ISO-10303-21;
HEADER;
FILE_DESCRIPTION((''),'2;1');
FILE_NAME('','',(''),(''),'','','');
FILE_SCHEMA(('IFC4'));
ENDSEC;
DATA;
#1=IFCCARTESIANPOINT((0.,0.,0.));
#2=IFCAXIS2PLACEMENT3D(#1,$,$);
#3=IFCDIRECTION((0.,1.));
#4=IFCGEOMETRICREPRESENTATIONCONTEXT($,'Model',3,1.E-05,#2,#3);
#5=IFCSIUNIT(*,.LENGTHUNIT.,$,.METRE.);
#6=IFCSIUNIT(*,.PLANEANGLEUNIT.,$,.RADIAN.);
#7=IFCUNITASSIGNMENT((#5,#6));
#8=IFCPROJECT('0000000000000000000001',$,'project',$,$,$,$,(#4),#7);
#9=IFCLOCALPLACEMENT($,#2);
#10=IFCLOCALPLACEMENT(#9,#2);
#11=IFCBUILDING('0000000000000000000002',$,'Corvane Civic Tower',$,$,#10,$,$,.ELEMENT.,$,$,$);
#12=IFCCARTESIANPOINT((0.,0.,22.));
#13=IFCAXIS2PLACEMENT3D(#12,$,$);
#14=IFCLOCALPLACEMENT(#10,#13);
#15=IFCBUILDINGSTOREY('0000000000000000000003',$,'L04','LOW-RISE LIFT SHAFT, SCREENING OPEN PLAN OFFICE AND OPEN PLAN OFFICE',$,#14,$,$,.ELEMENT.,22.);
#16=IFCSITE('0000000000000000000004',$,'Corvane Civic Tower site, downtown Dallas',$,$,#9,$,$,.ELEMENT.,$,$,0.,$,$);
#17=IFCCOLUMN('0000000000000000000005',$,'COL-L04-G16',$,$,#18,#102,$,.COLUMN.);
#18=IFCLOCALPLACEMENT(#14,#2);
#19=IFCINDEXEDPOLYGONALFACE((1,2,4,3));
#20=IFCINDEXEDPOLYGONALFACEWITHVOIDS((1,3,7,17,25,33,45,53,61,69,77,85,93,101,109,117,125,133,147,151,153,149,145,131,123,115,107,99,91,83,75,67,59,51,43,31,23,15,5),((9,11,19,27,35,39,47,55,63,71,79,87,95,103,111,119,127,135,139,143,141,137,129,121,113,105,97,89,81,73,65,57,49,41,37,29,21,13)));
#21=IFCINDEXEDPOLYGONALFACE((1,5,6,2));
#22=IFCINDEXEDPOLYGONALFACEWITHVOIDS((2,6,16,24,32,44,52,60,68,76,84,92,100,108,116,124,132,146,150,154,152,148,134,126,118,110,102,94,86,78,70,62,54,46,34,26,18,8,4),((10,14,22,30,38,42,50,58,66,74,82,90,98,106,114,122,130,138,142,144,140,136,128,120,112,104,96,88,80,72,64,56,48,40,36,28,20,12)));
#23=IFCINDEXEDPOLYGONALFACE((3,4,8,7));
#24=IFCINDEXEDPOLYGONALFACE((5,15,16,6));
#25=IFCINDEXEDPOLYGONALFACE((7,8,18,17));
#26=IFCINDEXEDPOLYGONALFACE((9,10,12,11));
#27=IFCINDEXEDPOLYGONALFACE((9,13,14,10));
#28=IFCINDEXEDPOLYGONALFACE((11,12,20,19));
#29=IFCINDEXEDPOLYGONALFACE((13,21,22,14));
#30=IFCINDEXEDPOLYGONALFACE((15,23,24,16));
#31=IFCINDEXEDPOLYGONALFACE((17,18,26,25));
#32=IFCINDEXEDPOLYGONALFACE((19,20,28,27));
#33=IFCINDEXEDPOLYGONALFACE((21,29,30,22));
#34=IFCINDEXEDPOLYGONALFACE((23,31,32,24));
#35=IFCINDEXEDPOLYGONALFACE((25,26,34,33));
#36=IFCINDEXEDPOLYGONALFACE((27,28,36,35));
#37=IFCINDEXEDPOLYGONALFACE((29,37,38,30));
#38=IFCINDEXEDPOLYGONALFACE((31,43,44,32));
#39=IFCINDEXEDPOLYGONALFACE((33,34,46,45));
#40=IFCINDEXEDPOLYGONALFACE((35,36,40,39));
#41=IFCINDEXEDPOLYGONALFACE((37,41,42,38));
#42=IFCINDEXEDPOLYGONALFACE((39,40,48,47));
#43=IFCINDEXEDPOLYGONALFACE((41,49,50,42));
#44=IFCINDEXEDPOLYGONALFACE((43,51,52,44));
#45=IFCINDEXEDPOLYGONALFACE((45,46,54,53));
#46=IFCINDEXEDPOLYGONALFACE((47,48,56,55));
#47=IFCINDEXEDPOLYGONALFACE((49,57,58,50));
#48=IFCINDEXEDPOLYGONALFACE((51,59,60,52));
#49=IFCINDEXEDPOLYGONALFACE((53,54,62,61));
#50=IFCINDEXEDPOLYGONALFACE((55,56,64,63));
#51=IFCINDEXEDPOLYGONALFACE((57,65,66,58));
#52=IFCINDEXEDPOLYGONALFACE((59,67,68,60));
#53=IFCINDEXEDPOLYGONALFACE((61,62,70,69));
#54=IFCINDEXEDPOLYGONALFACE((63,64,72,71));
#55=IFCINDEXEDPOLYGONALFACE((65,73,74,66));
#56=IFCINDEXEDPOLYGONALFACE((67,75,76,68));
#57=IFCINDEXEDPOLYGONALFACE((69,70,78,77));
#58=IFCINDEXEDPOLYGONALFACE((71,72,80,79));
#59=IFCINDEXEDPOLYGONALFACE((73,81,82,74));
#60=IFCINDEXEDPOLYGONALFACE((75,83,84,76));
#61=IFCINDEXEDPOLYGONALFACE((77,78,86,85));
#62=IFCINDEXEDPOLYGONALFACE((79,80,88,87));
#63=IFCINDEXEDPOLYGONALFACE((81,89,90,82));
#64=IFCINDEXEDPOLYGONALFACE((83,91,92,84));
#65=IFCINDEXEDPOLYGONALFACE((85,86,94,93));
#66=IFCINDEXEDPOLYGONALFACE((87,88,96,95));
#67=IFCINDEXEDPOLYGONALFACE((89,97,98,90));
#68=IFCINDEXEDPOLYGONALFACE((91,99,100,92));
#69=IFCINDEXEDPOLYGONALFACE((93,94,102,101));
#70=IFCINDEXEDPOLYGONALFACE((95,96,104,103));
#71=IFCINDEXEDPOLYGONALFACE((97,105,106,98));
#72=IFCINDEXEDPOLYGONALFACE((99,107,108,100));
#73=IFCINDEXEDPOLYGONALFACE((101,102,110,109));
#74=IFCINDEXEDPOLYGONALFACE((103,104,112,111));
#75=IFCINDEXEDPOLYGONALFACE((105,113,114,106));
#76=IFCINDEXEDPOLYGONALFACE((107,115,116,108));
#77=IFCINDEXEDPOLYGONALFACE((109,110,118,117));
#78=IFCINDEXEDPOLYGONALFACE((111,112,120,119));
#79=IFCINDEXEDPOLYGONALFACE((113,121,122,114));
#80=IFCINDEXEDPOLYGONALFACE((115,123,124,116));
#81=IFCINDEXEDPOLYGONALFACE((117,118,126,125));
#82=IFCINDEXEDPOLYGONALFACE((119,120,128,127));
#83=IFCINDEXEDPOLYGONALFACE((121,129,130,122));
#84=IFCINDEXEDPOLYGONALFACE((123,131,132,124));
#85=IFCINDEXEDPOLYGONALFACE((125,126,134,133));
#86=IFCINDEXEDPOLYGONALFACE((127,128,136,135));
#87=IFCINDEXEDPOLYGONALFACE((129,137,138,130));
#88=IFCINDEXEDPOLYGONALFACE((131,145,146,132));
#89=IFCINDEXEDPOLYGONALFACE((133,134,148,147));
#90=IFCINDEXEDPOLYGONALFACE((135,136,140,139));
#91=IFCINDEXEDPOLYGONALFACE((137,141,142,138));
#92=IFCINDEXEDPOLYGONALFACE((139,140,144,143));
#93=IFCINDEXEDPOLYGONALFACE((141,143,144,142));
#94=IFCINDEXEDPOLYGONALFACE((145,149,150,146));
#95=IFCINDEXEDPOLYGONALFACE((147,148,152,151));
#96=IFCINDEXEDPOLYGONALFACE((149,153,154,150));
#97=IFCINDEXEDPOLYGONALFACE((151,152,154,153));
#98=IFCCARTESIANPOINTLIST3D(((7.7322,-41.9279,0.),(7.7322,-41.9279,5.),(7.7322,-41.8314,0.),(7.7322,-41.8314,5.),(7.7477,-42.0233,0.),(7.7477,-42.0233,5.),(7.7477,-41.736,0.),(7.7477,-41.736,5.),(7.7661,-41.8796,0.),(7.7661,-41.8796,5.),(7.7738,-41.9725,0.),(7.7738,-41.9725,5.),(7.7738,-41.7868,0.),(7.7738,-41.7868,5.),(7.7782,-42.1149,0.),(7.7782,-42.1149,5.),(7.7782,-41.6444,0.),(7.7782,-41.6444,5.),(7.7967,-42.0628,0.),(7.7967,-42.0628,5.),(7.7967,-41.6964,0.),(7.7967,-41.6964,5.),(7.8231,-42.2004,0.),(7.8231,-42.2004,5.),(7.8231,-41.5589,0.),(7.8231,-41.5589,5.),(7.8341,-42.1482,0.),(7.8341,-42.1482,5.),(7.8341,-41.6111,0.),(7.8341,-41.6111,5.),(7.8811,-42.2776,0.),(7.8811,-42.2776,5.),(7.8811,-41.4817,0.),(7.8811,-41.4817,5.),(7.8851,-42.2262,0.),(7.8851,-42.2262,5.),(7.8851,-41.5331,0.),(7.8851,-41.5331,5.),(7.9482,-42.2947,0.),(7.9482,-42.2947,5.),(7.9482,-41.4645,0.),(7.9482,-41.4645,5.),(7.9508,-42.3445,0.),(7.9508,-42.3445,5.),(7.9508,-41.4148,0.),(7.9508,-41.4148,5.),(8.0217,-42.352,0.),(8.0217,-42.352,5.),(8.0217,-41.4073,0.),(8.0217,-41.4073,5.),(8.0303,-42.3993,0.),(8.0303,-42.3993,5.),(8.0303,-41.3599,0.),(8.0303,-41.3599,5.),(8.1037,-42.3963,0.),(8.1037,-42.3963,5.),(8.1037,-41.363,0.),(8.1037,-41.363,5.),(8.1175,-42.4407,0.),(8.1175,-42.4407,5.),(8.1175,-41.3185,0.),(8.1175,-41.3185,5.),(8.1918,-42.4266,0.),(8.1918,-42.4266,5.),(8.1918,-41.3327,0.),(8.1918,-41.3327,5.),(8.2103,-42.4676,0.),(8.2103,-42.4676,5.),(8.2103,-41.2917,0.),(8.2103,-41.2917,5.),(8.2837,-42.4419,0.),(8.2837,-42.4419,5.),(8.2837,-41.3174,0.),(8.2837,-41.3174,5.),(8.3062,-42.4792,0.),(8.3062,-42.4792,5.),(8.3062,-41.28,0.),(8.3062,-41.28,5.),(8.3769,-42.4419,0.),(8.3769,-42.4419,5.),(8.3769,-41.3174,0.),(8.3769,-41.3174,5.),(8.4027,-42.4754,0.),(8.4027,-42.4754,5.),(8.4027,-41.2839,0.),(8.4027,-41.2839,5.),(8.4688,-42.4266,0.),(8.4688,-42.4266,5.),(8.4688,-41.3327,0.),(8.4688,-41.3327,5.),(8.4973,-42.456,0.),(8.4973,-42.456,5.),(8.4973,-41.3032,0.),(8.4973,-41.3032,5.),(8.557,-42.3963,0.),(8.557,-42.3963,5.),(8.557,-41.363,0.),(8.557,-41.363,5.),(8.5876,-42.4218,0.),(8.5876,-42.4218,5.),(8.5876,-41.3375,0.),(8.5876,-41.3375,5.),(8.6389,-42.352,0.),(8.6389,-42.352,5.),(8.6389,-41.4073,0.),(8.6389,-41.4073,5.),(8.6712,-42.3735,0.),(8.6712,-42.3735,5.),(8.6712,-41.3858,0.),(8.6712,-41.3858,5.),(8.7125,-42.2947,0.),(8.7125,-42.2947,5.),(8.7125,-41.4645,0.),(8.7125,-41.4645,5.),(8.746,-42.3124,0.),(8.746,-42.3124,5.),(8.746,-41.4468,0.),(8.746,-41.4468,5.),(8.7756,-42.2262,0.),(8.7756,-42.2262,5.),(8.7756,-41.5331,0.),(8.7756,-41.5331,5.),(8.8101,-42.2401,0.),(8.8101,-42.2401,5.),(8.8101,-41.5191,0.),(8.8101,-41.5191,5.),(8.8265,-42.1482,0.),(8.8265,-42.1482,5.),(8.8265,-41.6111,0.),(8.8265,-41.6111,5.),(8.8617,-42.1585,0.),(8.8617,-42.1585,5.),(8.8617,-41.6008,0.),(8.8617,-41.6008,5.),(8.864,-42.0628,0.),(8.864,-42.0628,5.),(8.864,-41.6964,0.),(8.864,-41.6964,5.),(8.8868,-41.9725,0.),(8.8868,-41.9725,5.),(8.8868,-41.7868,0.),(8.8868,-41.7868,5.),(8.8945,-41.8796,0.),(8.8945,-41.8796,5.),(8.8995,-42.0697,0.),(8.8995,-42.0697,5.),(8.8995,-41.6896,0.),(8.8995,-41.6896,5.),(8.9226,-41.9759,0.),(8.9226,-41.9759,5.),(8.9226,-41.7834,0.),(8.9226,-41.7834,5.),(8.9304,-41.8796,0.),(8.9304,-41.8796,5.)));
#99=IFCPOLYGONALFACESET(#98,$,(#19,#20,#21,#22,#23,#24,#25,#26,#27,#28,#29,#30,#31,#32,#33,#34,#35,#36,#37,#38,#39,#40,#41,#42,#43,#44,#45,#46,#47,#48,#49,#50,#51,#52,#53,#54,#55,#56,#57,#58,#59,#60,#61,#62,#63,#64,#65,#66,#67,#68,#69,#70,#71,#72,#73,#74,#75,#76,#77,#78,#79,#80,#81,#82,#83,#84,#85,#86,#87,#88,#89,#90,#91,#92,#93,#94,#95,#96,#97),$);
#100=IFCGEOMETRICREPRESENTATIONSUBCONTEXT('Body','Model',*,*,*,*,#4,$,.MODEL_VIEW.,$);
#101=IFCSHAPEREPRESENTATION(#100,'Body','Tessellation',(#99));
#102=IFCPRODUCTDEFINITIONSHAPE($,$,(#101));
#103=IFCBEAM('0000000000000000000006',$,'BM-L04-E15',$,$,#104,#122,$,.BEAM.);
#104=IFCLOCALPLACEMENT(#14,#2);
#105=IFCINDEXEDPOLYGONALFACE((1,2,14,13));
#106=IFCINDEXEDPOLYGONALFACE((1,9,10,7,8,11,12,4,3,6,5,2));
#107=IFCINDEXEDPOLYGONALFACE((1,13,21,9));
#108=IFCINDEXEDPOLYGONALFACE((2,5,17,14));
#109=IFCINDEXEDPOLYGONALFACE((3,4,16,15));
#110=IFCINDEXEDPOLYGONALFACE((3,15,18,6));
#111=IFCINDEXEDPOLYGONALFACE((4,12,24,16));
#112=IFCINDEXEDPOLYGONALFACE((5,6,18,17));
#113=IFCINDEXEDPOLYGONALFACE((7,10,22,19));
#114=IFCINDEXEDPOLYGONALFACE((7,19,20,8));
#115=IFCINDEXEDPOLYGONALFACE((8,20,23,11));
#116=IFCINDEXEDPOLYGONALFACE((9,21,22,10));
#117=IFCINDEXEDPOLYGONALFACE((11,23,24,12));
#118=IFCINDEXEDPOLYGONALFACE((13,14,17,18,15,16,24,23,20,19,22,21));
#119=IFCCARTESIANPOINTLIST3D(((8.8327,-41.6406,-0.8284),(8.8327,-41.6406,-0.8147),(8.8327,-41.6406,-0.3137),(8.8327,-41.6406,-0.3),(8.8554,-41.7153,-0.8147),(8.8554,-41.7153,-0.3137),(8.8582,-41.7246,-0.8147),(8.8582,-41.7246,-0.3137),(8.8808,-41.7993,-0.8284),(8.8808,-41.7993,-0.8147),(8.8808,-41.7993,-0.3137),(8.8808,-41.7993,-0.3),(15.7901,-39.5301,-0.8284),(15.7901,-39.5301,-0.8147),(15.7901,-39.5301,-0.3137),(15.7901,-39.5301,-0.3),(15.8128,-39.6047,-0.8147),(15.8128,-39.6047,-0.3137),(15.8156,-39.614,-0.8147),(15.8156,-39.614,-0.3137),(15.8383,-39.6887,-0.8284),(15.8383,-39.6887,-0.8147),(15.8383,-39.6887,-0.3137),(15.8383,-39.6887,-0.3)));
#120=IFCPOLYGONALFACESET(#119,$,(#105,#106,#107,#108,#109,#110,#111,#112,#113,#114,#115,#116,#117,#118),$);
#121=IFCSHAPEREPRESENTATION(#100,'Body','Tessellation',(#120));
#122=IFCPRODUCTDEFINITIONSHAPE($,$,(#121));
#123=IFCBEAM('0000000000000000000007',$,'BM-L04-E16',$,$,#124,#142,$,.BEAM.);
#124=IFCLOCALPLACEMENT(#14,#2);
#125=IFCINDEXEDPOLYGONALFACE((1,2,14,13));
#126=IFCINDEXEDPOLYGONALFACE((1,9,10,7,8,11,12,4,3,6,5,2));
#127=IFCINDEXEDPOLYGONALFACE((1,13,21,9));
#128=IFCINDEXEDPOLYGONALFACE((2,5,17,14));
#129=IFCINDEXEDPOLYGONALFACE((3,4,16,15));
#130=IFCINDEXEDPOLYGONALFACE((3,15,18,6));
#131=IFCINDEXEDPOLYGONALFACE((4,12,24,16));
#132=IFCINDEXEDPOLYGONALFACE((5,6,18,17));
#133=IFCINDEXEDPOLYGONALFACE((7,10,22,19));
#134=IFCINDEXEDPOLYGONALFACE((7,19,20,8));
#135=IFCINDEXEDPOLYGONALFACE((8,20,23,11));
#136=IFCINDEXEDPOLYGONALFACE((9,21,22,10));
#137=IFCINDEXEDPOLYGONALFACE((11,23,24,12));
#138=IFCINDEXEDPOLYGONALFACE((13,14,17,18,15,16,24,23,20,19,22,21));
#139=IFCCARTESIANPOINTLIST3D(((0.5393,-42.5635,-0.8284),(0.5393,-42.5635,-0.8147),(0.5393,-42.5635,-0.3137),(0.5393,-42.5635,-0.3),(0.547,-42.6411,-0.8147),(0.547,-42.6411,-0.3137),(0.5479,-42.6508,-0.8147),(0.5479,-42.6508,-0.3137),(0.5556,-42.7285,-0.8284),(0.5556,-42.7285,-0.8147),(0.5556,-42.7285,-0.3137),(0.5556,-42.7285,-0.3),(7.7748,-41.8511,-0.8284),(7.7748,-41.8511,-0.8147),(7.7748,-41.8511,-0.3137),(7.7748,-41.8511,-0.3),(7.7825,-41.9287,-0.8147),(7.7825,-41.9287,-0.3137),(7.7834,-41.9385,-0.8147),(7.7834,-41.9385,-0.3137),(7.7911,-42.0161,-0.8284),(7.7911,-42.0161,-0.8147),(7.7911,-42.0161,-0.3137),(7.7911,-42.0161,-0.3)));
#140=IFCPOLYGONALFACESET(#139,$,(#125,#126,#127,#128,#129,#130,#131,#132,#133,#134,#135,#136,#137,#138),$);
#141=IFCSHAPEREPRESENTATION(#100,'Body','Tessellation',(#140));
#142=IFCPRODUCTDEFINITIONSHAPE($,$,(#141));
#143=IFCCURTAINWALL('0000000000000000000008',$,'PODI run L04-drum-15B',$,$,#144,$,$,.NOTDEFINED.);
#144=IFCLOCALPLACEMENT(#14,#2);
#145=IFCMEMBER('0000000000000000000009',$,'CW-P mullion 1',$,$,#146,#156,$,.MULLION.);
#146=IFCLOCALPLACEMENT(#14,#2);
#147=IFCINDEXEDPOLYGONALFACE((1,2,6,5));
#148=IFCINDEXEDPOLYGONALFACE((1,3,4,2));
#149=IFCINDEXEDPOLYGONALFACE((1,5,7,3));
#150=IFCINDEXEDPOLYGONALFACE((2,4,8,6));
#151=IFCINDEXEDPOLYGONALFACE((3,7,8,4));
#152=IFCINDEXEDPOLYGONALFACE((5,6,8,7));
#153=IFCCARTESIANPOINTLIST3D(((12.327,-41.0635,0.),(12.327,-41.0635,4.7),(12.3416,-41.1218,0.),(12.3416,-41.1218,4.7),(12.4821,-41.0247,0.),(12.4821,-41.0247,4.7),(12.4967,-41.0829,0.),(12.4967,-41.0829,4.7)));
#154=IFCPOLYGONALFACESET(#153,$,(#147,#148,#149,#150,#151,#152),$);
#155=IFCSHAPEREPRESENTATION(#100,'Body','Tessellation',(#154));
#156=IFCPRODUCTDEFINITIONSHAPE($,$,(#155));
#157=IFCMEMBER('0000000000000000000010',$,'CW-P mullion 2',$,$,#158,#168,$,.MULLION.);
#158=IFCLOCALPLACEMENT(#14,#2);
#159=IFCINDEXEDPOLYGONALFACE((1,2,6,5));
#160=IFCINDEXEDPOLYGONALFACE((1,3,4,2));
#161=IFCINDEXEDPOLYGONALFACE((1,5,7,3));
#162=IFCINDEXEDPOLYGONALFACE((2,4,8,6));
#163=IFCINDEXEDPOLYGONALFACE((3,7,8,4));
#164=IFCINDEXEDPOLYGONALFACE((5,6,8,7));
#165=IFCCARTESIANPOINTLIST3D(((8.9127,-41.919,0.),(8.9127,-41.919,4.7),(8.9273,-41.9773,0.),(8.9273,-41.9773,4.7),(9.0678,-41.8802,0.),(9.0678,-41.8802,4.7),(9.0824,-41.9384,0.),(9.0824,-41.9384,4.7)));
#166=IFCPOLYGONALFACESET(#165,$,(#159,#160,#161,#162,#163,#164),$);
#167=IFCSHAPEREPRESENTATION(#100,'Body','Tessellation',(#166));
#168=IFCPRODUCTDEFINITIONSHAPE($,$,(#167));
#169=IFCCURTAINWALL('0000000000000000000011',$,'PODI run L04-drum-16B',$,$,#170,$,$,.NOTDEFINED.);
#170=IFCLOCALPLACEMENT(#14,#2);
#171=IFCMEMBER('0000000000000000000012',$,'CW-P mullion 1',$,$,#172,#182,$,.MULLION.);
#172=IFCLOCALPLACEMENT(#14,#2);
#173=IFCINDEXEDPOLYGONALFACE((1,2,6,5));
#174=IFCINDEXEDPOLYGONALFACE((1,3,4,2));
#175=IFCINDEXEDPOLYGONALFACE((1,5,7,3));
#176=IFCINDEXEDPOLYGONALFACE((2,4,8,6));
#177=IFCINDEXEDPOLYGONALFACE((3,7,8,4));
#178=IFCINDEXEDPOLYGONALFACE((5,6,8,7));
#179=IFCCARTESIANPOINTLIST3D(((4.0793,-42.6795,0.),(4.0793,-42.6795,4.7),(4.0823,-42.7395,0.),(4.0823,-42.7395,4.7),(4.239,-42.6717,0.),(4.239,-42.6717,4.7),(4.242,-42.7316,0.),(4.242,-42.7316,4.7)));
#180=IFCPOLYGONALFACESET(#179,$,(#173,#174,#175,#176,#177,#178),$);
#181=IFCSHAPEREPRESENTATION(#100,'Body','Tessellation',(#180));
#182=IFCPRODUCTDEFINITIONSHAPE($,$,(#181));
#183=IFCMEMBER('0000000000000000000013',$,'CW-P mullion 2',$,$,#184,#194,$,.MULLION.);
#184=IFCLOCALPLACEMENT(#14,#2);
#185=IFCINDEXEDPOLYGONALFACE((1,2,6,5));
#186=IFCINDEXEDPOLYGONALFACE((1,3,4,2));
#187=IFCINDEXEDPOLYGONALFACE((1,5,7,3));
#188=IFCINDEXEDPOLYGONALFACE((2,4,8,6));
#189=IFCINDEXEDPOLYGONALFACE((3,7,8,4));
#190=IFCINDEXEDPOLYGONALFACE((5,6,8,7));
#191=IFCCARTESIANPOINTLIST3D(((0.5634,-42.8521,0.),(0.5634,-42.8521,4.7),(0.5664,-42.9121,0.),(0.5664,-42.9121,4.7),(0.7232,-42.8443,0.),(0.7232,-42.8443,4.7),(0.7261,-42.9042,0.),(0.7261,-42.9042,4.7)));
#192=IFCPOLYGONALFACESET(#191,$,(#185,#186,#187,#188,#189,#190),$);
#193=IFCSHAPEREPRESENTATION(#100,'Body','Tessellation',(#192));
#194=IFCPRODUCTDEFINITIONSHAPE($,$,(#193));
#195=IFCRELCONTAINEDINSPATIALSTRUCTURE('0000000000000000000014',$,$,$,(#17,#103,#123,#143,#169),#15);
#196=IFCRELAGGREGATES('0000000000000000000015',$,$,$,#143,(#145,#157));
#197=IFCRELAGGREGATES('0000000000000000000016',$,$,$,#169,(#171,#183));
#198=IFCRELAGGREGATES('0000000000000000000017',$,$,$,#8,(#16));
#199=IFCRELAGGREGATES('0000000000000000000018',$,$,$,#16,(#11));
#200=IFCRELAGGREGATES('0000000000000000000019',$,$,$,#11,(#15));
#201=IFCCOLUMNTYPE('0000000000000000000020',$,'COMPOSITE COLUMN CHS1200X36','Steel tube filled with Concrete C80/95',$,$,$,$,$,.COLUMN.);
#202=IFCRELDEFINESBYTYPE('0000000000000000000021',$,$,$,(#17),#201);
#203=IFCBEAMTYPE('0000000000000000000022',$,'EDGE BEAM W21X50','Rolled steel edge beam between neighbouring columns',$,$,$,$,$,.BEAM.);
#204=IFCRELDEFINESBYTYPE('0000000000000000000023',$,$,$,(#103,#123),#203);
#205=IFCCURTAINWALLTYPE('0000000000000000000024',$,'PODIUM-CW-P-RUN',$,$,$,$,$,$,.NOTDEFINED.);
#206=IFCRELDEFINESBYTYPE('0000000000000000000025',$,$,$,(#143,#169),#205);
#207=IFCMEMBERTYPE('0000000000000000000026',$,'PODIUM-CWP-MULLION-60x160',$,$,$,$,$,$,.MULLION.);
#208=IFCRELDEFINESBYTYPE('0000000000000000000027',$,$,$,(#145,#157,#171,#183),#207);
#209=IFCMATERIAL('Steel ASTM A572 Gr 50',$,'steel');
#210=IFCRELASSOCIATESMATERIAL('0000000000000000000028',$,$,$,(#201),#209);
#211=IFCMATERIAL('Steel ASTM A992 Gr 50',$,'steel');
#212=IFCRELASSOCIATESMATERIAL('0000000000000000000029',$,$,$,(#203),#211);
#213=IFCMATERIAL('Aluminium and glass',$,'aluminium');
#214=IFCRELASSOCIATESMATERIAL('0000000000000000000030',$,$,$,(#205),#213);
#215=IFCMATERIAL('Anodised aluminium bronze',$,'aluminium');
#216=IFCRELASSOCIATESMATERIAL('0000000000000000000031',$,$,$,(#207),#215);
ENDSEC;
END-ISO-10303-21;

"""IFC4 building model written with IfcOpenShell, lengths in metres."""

from ifc_helpers import new_model, si_unit, direction, frame, origin, origin_2d, place, context, subcontext, project, spatial, rectangle, hollow_circle, i_section, extrude, material, material_profile, profile_set, type_object, element, aggregate, save


model = new_model("IFC4")

# Units and contexts
model_context = context("Model", 3, precision=1e-05, world=origin(), true_north=direction((0.0, 1.0)))
body_context = subcontext(model_context, "Body", "Model", "MODEL_VIEW")
ifc_project = project(units=[si_unit("LENGTHUNIT", "METRE"), si_unit("PLANEANGLEUNIT", "RADIAN")], contexts=[model_context])

# Site, building, storey
site_placement = place(None, origin())
site = spatial("IfcSite", under=ifc_project, at=site_placement, Name="Corvane Civic Tower site, downtown Dallas", CompositionType="ELEMENT", RefElevation=0.0)
building_placement = place(site_placement, origin())
building = spatial("IfcBuilding", under=site, at=building_placement, Name="Corvane Civic Tower", CompositionType="ELEMENT")
storey_placement = place(building_placement, frame((0.0, 0.0, 22.0)))
storey = spatial("IfcBuildingStorey", under=building, at=storey_placement, Name="L04", Description="LOW-RISE LIFT SHAFT, SCREENING OPEN PLAN OFFICE AND OPEN PLAN OFFICE", CompositionType="ELEMENT", Elevation=22.0)

# Column
ifc_material_1 = material(Name="Steel ASTM A572 Gr 50", Category="steel")
ifc_material_profile_1 = material_profile(ifc_material_1, hollow_circle(Radius=0.6001, WallThickness=0.0359, at=origin_2d()), Name="CHS1200X36")
ifc_profile_set_1 = profile_set([ifc_material_profile_1], Name="Steel ASTM A572 Gr 50")
column_type = type_object("IfcColumnType", Name="COMPOSITE COLUMN CHS1200X36", Description="Steel tube filled with Concrete C80/95", PredefinedType="COLUMN", material=ifc_profile_set_1)
column_placement = place(storey_placement, frame((8.3303, -41.8796, 0.0), z_axis=(0.0, 0.0, 1.0), x_axis=(1.0, 0.0, 0.0)))
element("IfcColumn", 1, at=column_placement, inside=storey, type_object=column_type, Name="COL-L04-G16", PredefinedType="COLUMN", context=body_context, shape_type="SweptSolid", body=[
    extrude(hollow_circle(Radius=0.6001, WallThickness=0.0359, at=origin_2d()), origin(), (0.0, 0.0, 1.0), 5.0),
])

# Beams
ifc_material_2 = material(Name="Steel ASTM A992 Gr 50", Category="steel")
ifc_material_profile_2 = material_profile(ifc_material_2, i_section(OverallWidth=0.1658, OverallDepth=0.5283, WebThickness=0.0098, FlangeThickness=0.0137, at=origin_2d()), Name="W21X50")
ifc_profile_set_2 = profile_set([ifc_material_profile_2], Name="Steel ASTM A992 Gr 50")
beam_type = type_object("IfcBeamType", Name="EDGE BEAM W21X50", Description="Rolled steel edge beam between neighbouring columns", PredefinedType="BEAM", material=ifc_profile_set_2)
for number, where, z_axis, x_axis, name in (
    (2, (15.8142, -39.6094, -0.5642), (-0.956938, -0.290292, 0.0), (0.290292, -0.956938, 0.0), "BM-L04-E15"),
    (3, (7.783, -41.9336, -0.5642), (-0.995188, -0.097984, 0.0), (0.097984, -0.995188, 0.0), "BM-L04-E16"),
):
    element("IfcBeam", number, at=place(storey_placement, frame(where, z_axis=z_axis, x_axis=x_axis)), inside=storey, type_object=beam_type, Name=name, PredefinedType="BEAM", context=body_context, shape_type="SweptSolid", body=[
        extrude(i_section(OverallWidth=0.1658, OverallDepth=0.5283, WebThickness=0.0098, FlangeThickness=0.0137, at=origin_2d()), origin(), (0.0, 0.0, 1.0), 7.2705),
    ])

# Curtain walls, members
ifc_material_3 = material(Name="Aluminium and glass", Category="aluminium")
curtain_wall_type = type_object("IfcCurtainWallType", Name="PODIUM-CW-P-RUN", PredefinedType="NOTDEFINED", material=ifc_material_3)
curtain_wall_1_placement = place(storey_placement, origin())
curtain_wall_1 = element("IfcCurtainWall", 4, at=curtain_wall_1_placement, inside=storey, type_object=curtain_wall_type, Name="PODI run L04-drum-15B", PredefinedType="NOTDEFINED")
ifc_material_4 = material(Name="Anodised aluminium bronze", Category="aluminium")
ifc_material_profile_3 = material_profile(ifc_material_4, rectangle(XDim=0.0601, YDim=0.1599, at=origin_2d()), Name="AL 60x160")
ifc_profile_set_3 = profile_set([ifc_material_profile_3], Name="Anodised aluminium bronze")
member_type_1 = type_object("IfcMemberType", Name="PODIUM-CWP-MULLION-60x160", PredefinedType="MULLION", material=ifc_profile_set_3)
member_1_placement = place(storey_placement, frame((12.4119, -41.0732, 0.0), z_axis=(0.0, 0.0, 1.0), x_axis=(0.243009, -0.970024, 0.0)))
member_1 = element("IfcMember", 5, at=member_1_placement, type_object=member_type_1, Name="CW-P mullion 1", PredefinedType="MULLION", context=body_context, shape_type="SweptSolid", body=[
    extrude(rectangle(XDim=0.0601, YDim=0.1599, at=origin_2d()), origin(), (0.0, 0.0, 1.0), 4.7),
])
member_2_placement = place(storey_placement, frame((8.9976, -41.9287, 0.0), z_axis=(0.0, 0.0, 1.0), x_axis=(0.243009, -0.970024, 0.0)))
member_2 = element("IfcMember", 6, at=member_2_placement, type_object=member_type_1, Name="CW-P mullion 2", PredefinedType="MULLION", context=body_context, shape_type="SweptSolid", body=[
    extrude(rectangle(XDim=0.0601, YDim=0.1599, at=origin_2d()), origin(), (0.0, 0.0, 1.0), 4.7),
])
curtain_wall_2_placement = place(storey_placement, origin())
curtain_wall_2 = element("IfcCurtainWall", 7, at=curtain_wall_2_placement, inside=storey, type_object=curtain_wall_type, Name="PODI run L04-drum-16B", PredefinedType="NOTDEFINED")
member_3_placement = place(storey_placement, frame((4.1606, -42.7056, 0.0), z_axis=(0.0, 0.0, 1.0), x_axis=(0.04905, -0.998796, 0.0)))
member_3 = element("IfcMember", 8, at=member_3_placement, type_object=member_type_1, Name="CW-P mullion 1", PredefinedType="MULLION", context=body_context, shape_type="SweptSolid", body=[
    extrude(rectangle(XDim=0.0601, YDim=0.1599, at=origin_2d()), origin(), (0.0, 0.0, 1.0), 4.7),
])
member_4_placement = place(storey_placement, frame((0.6448, -42.8782, 0.0), z_axis=(0.0, 0.0, 1.0), x_axis=(0.04905, -0.998796, 0.0)))
member_4 = element("IfcMember", 9, at=member_4_placement, type_object=member_type_1, Name="CW-P mullion 2", PredefinedType="MULLION", context=body_context, shape_type="SweptSolid", body=[
    extrude(rectangle(XDim=0.0601, YDim=0.1599, at=origin_2d()), origin(), (0.0, 0.0, 1.0), 4.7),
])

aggregate(curtain_wall_1, [member_1, member_2])
aggregate(curtain_wall_2, [member_3, member_4])

save(model, "model.ifc")
